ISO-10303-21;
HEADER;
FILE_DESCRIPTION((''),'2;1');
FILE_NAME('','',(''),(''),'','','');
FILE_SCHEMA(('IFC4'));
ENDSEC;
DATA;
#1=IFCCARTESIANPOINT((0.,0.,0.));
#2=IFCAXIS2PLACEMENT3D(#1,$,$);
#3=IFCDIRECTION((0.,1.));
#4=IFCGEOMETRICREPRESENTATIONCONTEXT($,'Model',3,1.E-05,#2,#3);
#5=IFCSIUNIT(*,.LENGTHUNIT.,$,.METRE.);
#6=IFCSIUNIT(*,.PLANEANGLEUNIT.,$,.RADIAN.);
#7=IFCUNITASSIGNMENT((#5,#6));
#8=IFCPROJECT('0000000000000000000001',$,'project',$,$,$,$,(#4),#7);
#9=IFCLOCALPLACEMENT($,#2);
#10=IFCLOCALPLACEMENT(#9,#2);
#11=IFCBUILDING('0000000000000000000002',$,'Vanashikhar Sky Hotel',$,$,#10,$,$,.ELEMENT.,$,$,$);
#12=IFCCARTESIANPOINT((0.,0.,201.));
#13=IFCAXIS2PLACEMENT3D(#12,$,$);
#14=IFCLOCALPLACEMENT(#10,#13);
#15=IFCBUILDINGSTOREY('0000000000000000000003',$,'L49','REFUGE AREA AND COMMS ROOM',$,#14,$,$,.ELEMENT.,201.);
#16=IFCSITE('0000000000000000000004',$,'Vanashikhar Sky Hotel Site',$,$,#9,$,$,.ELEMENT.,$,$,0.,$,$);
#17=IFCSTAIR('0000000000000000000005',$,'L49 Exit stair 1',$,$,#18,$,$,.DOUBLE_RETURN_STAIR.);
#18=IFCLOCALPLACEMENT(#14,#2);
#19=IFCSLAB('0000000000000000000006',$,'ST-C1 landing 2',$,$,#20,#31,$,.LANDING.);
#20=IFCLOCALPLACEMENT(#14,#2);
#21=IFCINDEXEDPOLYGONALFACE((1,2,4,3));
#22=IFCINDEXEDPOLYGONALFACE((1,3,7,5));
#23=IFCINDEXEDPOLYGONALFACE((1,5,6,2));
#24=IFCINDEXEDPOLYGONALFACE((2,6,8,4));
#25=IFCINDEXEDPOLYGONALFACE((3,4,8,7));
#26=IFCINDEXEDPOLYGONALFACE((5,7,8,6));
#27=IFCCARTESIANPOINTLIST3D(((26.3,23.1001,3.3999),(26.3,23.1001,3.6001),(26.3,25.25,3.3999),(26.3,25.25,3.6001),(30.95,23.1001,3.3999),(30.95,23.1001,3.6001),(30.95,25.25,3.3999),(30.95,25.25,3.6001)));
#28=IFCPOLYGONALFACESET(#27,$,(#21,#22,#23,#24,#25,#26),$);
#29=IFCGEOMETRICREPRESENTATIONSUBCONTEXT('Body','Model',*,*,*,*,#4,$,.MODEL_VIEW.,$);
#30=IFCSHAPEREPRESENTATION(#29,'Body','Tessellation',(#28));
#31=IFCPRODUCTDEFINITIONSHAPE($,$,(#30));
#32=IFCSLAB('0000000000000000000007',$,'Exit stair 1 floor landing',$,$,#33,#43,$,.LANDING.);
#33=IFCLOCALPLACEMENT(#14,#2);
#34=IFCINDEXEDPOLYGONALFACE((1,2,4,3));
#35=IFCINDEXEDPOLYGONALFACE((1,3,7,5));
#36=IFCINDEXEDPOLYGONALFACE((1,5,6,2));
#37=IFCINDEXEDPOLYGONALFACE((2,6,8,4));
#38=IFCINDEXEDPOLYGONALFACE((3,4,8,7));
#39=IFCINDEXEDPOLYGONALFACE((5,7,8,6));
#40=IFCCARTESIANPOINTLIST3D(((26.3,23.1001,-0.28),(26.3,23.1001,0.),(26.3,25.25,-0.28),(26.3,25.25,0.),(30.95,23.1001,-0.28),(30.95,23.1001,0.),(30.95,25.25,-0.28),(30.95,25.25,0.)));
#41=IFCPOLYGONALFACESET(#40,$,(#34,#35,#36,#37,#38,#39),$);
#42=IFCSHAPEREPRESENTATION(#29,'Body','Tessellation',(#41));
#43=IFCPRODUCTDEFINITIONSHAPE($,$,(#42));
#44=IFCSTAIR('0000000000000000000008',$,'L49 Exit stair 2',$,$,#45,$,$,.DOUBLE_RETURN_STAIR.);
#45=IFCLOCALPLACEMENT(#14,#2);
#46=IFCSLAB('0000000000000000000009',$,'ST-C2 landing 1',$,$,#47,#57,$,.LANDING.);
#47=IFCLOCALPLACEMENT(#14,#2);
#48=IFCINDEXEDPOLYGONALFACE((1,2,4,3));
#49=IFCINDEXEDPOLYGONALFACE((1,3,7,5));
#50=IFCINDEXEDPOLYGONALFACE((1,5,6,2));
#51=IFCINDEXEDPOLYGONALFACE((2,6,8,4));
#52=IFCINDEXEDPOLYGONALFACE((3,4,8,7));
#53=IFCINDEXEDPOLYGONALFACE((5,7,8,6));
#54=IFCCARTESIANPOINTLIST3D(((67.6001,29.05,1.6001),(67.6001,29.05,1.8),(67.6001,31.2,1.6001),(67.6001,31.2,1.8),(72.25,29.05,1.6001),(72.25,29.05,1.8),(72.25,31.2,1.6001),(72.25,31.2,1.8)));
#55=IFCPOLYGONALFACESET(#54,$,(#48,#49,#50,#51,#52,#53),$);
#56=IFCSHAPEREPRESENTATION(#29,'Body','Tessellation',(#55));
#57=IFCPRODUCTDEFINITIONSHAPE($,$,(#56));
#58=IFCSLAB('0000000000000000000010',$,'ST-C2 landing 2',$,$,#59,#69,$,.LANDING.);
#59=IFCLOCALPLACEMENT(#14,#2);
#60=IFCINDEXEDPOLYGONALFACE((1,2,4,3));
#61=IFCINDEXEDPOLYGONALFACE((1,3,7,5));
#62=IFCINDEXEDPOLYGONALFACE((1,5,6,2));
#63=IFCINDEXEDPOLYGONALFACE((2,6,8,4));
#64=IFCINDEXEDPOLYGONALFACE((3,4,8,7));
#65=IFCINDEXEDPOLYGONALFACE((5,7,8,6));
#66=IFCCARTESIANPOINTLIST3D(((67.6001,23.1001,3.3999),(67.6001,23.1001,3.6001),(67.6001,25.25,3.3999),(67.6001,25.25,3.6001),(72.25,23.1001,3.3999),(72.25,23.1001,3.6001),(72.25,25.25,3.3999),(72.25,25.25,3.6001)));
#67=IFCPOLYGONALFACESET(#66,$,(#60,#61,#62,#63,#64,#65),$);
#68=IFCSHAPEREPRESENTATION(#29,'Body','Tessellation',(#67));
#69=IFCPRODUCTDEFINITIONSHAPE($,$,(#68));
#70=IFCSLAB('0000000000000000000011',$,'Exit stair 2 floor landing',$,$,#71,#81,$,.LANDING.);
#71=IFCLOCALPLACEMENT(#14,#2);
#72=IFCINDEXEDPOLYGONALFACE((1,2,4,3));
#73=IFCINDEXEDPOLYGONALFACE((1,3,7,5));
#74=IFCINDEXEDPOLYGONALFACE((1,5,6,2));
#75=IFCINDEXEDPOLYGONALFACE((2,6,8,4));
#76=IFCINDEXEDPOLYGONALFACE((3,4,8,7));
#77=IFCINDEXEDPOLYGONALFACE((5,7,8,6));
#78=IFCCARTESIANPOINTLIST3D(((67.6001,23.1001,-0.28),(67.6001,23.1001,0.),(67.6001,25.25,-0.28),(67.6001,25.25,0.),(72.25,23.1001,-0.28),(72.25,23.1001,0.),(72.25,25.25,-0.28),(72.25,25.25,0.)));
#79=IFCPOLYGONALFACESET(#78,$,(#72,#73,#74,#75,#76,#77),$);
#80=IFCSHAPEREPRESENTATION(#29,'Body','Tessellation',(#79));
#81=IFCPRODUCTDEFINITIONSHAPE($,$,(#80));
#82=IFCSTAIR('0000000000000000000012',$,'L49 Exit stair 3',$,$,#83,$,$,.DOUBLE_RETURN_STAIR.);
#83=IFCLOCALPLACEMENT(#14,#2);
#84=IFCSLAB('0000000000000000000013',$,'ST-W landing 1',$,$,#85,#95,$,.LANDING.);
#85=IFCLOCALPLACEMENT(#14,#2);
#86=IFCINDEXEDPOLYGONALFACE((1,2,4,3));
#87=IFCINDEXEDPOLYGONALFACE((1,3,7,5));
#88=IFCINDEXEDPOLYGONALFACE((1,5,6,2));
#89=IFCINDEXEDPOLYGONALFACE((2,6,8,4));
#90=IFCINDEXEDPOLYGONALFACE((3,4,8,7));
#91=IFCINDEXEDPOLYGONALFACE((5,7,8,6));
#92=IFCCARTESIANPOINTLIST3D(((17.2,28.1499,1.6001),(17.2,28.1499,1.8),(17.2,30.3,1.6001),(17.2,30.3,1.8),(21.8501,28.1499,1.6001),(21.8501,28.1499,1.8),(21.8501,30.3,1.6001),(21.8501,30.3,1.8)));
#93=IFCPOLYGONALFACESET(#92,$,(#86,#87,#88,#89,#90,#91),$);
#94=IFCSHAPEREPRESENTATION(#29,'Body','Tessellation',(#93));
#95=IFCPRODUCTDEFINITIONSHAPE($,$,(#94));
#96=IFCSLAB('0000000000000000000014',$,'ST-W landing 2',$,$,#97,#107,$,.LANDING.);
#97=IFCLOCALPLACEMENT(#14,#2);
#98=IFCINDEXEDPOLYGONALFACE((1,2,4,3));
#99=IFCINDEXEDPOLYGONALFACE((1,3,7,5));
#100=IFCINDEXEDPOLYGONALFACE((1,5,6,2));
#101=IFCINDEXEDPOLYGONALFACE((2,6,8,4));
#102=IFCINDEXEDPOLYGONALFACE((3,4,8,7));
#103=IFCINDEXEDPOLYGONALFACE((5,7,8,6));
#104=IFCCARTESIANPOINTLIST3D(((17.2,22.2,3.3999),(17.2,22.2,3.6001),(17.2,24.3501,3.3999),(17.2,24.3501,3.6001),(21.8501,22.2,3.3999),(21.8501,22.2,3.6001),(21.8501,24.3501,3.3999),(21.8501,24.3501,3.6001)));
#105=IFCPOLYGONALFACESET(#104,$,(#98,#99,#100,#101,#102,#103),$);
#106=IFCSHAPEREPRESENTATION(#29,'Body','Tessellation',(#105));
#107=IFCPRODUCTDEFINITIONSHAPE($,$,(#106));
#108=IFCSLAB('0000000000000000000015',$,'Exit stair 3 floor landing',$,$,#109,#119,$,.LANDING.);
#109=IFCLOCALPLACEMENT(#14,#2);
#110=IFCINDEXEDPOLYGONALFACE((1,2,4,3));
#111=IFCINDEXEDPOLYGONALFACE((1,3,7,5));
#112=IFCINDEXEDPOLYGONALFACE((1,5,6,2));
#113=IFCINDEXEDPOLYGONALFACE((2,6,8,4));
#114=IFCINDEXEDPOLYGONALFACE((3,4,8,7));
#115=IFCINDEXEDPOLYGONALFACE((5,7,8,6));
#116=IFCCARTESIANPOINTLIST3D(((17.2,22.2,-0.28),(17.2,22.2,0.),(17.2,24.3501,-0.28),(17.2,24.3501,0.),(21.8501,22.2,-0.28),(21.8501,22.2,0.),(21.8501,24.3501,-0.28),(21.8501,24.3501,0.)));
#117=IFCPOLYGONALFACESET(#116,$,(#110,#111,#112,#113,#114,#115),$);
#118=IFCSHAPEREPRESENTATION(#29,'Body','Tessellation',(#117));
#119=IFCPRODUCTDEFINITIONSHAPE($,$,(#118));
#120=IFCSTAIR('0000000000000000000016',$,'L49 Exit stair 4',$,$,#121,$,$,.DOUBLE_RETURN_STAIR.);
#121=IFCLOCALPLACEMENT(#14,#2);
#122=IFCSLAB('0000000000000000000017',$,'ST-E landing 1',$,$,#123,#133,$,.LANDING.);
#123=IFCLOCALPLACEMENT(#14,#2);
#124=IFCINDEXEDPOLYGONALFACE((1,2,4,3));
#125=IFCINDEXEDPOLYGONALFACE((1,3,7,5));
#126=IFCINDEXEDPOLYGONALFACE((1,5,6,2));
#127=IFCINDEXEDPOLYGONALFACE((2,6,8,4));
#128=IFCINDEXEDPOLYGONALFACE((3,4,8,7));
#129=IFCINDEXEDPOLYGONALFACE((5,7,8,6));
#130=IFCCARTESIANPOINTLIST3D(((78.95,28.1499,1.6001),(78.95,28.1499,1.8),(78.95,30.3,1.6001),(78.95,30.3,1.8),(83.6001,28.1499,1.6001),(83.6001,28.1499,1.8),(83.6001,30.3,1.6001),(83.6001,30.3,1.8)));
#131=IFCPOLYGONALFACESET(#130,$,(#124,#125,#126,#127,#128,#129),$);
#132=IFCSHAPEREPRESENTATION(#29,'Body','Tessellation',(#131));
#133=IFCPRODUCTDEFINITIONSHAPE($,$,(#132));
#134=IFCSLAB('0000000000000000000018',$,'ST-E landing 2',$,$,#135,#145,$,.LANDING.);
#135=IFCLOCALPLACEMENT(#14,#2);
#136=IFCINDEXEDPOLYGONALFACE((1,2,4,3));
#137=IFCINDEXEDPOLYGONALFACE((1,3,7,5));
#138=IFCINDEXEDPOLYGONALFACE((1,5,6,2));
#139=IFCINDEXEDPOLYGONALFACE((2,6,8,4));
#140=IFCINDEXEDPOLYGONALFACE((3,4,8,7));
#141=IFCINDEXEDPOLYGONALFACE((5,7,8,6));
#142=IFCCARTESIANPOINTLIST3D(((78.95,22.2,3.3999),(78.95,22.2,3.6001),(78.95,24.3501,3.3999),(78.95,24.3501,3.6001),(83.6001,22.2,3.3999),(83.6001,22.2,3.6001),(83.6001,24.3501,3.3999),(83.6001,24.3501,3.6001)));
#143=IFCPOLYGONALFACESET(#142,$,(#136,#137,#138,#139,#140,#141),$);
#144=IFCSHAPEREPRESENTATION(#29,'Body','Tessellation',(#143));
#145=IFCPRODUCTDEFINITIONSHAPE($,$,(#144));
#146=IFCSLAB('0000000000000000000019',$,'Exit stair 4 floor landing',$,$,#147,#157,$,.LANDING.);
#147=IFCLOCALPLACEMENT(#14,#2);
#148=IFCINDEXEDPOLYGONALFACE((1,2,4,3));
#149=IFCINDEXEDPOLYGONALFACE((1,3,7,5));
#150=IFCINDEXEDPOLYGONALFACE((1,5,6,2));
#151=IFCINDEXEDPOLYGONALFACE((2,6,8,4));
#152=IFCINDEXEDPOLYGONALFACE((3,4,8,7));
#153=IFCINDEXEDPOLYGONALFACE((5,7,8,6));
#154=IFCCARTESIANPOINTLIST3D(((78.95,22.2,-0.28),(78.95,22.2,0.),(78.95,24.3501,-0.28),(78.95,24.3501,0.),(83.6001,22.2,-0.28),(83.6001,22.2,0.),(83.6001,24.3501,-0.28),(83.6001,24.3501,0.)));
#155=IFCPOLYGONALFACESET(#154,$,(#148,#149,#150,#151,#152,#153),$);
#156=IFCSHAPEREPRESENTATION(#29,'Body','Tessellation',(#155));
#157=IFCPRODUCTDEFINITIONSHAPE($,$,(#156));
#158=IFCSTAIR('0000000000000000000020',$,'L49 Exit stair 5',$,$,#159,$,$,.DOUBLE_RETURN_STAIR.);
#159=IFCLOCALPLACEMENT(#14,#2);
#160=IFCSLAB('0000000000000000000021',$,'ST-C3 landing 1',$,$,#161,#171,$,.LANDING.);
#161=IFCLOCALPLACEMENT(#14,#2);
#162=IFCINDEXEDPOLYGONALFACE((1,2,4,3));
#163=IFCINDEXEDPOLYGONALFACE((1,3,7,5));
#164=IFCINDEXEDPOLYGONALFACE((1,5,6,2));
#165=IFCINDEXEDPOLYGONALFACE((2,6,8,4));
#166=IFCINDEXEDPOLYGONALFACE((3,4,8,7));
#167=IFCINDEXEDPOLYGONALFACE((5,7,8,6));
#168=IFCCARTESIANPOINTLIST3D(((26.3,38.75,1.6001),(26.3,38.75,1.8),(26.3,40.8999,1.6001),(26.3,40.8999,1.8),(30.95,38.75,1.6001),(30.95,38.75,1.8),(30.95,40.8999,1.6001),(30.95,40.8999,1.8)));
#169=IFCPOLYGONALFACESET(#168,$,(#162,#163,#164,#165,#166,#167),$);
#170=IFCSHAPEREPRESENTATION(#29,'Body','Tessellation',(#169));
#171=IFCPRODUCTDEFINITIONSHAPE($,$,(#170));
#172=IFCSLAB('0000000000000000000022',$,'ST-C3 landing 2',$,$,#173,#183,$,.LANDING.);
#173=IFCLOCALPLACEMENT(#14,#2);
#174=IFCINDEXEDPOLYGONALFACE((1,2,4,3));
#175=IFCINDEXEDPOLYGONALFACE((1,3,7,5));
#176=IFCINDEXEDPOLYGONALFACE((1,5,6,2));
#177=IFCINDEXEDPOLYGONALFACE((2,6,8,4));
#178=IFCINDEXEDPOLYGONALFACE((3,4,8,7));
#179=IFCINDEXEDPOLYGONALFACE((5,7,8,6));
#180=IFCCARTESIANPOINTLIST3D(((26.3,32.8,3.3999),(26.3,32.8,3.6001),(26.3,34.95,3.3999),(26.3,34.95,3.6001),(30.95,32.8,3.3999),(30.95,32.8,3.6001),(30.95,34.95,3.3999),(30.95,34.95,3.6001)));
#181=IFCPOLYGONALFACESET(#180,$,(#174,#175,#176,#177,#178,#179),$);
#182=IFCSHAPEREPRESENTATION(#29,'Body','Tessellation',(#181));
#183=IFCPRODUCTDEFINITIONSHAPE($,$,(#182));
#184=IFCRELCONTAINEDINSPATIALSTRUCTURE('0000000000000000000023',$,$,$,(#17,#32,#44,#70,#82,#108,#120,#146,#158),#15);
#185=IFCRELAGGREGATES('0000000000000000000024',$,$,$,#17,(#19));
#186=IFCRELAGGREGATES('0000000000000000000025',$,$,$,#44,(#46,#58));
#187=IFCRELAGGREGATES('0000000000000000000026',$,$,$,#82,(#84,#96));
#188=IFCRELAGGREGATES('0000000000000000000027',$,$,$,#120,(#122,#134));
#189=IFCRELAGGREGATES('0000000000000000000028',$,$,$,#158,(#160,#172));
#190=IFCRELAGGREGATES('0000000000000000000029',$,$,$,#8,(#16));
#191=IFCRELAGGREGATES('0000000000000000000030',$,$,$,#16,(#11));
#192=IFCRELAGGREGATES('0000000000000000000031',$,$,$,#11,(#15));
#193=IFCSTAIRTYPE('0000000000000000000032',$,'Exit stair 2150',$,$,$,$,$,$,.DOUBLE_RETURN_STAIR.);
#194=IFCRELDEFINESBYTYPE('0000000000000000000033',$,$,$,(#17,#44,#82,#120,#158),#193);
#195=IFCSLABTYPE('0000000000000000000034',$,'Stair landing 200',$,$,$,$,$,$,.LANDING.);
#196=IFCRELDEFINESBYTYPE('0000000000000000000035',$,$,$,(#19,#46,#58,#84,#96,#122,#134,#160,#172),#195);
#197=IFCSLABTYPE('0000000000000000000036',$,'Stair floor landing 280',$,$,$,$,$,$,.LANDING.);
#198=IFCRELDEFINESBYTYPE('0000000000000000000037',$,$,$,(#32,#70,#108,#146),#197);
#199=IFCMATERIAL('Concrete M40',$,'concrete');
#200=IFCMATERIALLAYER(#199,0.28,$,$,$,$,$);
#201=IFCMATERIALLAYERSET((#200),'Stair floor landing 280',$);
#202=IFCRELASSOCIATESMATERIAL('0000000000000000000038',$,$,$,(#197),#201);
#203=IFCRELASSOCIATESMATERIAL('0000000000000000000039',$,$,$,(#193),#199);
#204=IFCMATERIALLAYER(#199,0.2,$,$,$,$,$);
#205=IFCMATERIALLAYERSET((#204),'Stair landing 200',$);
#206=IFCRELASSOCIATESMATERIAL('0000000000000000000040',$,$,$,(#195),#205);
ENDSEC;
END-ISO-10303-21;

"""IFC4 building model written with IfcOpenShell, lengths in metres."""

from ifc_helpers import new_model, si_unit, direction, frame, origin, place, context, subcontext, project, spatial, polyline, outline, extrude, source, transform, mapped, material, layer, layer_set, type_object, element, aggregate, save


model = new_model("IFC4")

# Units and contexts
model_context = context("Model", 3, precision=1e-05, world=origin(), true_north=direction((0.0, 1.0)))
body_context = subcontext(model_context, "Body", "Model", "MODEL_VIEW")
ifc_project = project(units=[si_unit("LENGTHUNIT", "METRE"), si_unit("PLANEANGLEUNIT", "RADIAN")], contexts=[model_context])

# Site, building, storey
site_placement = place(None, origin())
site = spatial("IfcSite", under=ifc_project, at=site_placement, Name="Vanashikhar Sky Hotel Site", CompositionType="ELEMENT", RefElevation=0.0)
building_placement = place(site_placement, origin())
building = spatial("IfcBuilding", under=site, at=building_placement, Name="Vanashikhar Sky Hotel", CompositionType="ELEMENT")
storey_placement = place(building_placement, frame((0.0, 0.0, 201.0)))
storey = spatial("IfcBuildingStorey", under=building, at=storey_placement, Name="L49", Description="REFUGE AREA AND COMMS ROOM", CompositionType="ELEMENT", Elevation=201.0)

# Shared definitions
ifc_material_1 = material(Name="Concrete M40", Category="concrete")
ifc_layer_1 = layer(ifc_material_1, 0.28)
ifc_layer_set_1 = layer_set([ifc_layer_1], Name="Stair floor landing 280")
slab_type_1 = type_object("IfcSlabType", Name="Stair floor landing 280", PredefinedType="LANDING", material=ifc_layer_set_1)

# Stair, slab
stair_type = type_object("IfcStairType", Name="Exit stair 2150", PredefinedType="DOUBLE_RETURN_STAIR", material=ifc_material_1)
stair_1_placement = place(storey_placement, origin())
stair_1 = element("IfcStair", 1, at=stair_1_placement, inside=storey, type_object=stair_type, Name="L49 Exit stair 1", PredefinedType="DOUBLE_RETURN_STAIR")
ifc_layer_2 = layer(ifc_material_1, 0.2)
ifc_layer_set_2 = layer_set([ifc_layer_2], Name="Stair landing 200")
slab_type_2 = type_object("IfcSlabType", Name="Stair landing 200", PredefinedType="LANDING", material=ifc_layer_set_2)
shared_shape_1 = source(origin(), body_context, "Body", "SweptSolid", [
    extrude(outline(polyline([(30.95, 23.1001), (30.95, 25.25), (26.3, 25.25), (26.3, 23.1001), (30.95, 23.1001)])), origin(), (0.0, 0.0, 1.0), 0.2002),
])
slab_1_placement = place(storey_placement, frame((0.0, 0.0, 3.3999)))
slab_1 = element("IfcSlab", 2, at=slab_1_placement, type_object=slab_type_2, Name="ST-C1 landing 2", PredefinedType="LANDING", context=body_context, shape_type="MappedRepresentation", body=[
    mapped(shared_shape_1, transform((0.0, 0.0, 0.0), scale=1.0)),
])
aggregate(stair_1, [slab_1])

# Slab
shared_shape_2 = source(origin(), body_context, "Body", "SweptSolid", [
    extrude(outline(polyline([(30.95, 23.1001), (30.95, 25.25), (26.3, 25.25), (26.3, 23.1001), (30.95, 23.1001)])), origin(), (0.0, 0.0, 1.0), 0.28),
])
slab_2_placement = place(storey_placement, frame((0.0, 0.0, -0.28)))
element("IfcSlab", 3, at=slab_2_placement, inside=storey, type_object=slab_type_1, Name="Exit stair 1 floor landing", PredefinedType="LANDING", context=body_context, shape_type="MappedRepresentation", body=[
    mapped(shared_shape_2, transform((0.0, 0.0, 0.0), scale=1.0)),
])

# Stair, slabs
stair_2_placement = place(storey_placement, origin())
stair_2 = element("IfcStair", 4, at=stair_2_placement, inside=storey, type_object=stair_type, Name="L49 Exit stair 2", PredefinedType="DOUBLE_RETURN_STAIR")
shared_shape_3 = source(origin(), body_context, "Body", "SweptSolid", [
    extrude(outline(polyline([(72.25, 29.05), (72.25, 31.2), (67.6001, 31.2), (67.6001, 29.05), (72.25, 29.05)])), origin(), (0.0, 0.0, 1.0), 0.2),
])
slab_3_placement = place(storey_placement, frame((0.0, 0.0, 1.6001)))
slab_3 = element("IfcSlab", 5, at=slab_3_placement, type_object=slab_type_2, Name="ST-C2 landing 1", PredefinedType="LANDING", context=body_context, shape_type="MappedRepresentation", body=[
    mapped(shared_shape_3, transform((0.0, 0.0, 0.0), scale=1.0)),
])
shared_shape_4 = source(origin(), body_context, "Body", "SweptSolid", [
    extrude(outline(polyline([(72.25, 23.1001), (72.25, 25.25), (67.6001, 25.25), (67.6001, 23.1001), (72.25, 23.1001)])), origin(), (0.0, 0.0, 1.0), 0.2002),
])
slab_4_placement = place(storey_placement, frame((0.0, 0.0, 3.3999)))
slab_4 = element("IfcSlab", 6, at=slab_4_placement, type_object=slab_type_2, Name="ST-C2 landing 2", PredefinedType="LANDING", context=body_context, shape_type="MappedRepresentation", body=[
    mapped(shared_shape_4, transform((0.0, 0.0, 0.0), scale=1.0)),
])
aggregate(stair_2, [slab_3, slab_4])

# Slab
shared_shape_5 = source(origin(), body_context, "Body", "SweptSolid", [
    extrude(outline(polyline([(72.25, 23.1001), (72.25, 25.25), (67.6001, 25.25), (67.6001, 23.1001), (72.25, 23.1001)])), origin(), (0.0, 0.0, 1.0), 0.28),
])
slab_5_placement = place(storey_placement, frame((0.0, 0.0, -0.28)))
element("IfcSlab", 7, at=slab_5_placement, inside=storey, type_object=slab_type_1, Name="Exit stair 2 floor landing", PredefinedType="LANDING", context=body_context, shape_type="MappedRepresentation", body=[
    mapped(shared_shape_5, transform((0.0, 0.0, 0.0), scale=1.0)),
])

# Stair, slabs
stair_3_placement = place(storey_placement, origin())
stair_3 = element("IfcStair", 8, at=stair_3_placement, inside=storey, type_object=stair_type, Name="L49 Exit stair 3", PredefinedType="DOUBLE_RETURN_STAIR")
shared_shape_6 = source(origin(), body_context, "Body", "SweptSolid", [
    extrude(outline(polyline([(21.8501, 28.1499), (21.8501, 30.3), (17.2, 30.3), (17.2, 28.1499), (21.8501, 28.1499)])), origin(), (0.0, 0.0, 1.0), 0.2),
])
slab_6_placement = place(storey_placement, frame((0.0, 0.0, 1.6001)))
slab_6 = element("IfcSlab", 9, at=slab_6_placement, type_object=slab_type_2, Name="ST-W landing 1", PredefinedType="LANDING", context=body_context, shape_type="MappedRepresentation", body=[
    mapped(shared_shape_6, transform((0.0, 0.0, 0.0), scale=1.0)),
])
shared_shape_7 = source(origin(), body_context, "Body", "SweptSolid", [
    extrude(outline(polyline([(21.8501, 22.2), (21.8501, 24.3501), (17.2, 24.3501), (17.2, 22.2), (21.8501, 22.2)])), origin(), (0.0, 0.0, 1.0), 0.2002),
])
slab_7_placement = place(storey_placement, frame((0.0, 0.0, 3.3999)))
slab_7 = element("IfcSlab", 10, at=slab_7_placement, type_object=slab_type_2, Name="ST-W landing 2", PredefinedType="LANDING", context=body_context, shape_type="MappedRepresentation", body=[
    mapped(shared_shape_7, transform((0.0, 0.0, 0.0), scale=1.0)),
])
aggregate(stair_3, [slab_6, slab_7])

# Slab
shared_shape_8 = source(origin(), body_context, "Body", "SweptSolid", [
    extrude(outline(polyline([(21.8501, 22.2), (21.8501, 24.3501), (17.2, 24.3501), (17.2, 22.2), (21.8501, 22.2)])), origin(), (0.0, 0.0, 1.0), 0.28),
])
slab_8_placement = place(storey_placement, frame((0.0, 0.0, -0.28)))
element("IfcSlab", 11, at=slab_8_placement, inside=storey, type_object=slab_type_1, Name="Exit stair 3 floor landing", PredefinedType="LANDING", context=body_context, shape_type="MappedRepresentation", body=[
    mapped(shared_shape_8, transform((0.0, 0.0, 0.0), scale=1.0)),
])

# Stair, slabs
stair_4_placement = place(storey_placement, origin())
stair_4 = element("IfcStair", 12, at=stair_4_placement, inside=storey, type_object=stair_type, Name="L49 Exit stair 4", PredefinedType="DOUBLE_RETURN_STAIR")
shared_shape_9 = source(origin(), body_context, "Body", "SweptSolid", [
    extrude(outline(polyline([(83.6001, 28.1499), (83.6001, 30.3), (78.95, 30.3), (78.95, 28.1499), (83.6001, 28.1499)])), origin(), (0.0, 0.0, 1.0), 0.2),
])
slab_9_placement = place(storey_placement, frame((0.0, 0.0, 1.6001)))
slab_9 = element("IfcSlab", 13, at=slab_9_placement, type_object=slab_type_2, Name="ST-E landing 1", PredefinedType="LANDING", context=body_context, shape_type="MappedRepresentation", body=[
    mapped(shared_shape_9, transform((0.0, 0.0, 0.0), scale=1.0)),
])
shared_shape_10 = source(origin(), body_context, "Body", "SweptSolid", [
    extrude(outline(polyline([(83.6001, 22.2), (83.6001, 24.3501), (78.95, 24.3501), (78.95, 22.2), (83.6001, 22.2)])), origin(), (0.0, 0.0, 1.0), 0.2002),
])
slab_10_placement = place(storey_placement, frame((0.0, 0.0, 3.3999)))
slab_10 = element("IfcSlab", 14, at=slab_10_placement, type_object=slab_type_2, Name="ST-E landing 2", PredefinedType="LANDING", context=body_context, shape_type="MappedRepresentation", body=[
    mapped(shared_shape_10, transform((0.0, 0.0, 0.0), scale=1.0)),
])
aggregate(stair_4, [slab_9, slab_10])

# Slab
shared_shape_11 = source(origin(), body_context, "Body", "SweptSolid", [
    extrude(outline(polyline([(83.6001, 22.2), (83.6001, 24.3501), (78.95, 24.3501), (78.95, 22.2), (83.6001, 22.2)])), origin(), (0.0, 0.0, 1.0), 0.28),
])
slab_11_placement = place(storey_placement, frame((0.0, 0.0, -0.28)))
element("IfcSlab", 15, at=slab_11_placement, inside=storey, type_object=slab_type_1, Name="Exit stair 4 floor landing", PredefinedType="LANDING", context=body_context, shape_type="MappedRepresentation", body=[
    mapped(shared_shape_11, transform((0.0, 0.0, 0.0), scale=1.0)),
])

# Stair, slabs
stair_5_placement = place(storey_placement, origin())
stair_5 = element("IfcStair", 16, at=stair_5_placement, inside=storey, type_object=stair_type, Name="L49 Exit stair 5", PredefinedType="DOUBLE_RETURN_STAIR")
shared_shape_12 = source(origin(), body_context, "Body", "SweptSolid", [
    extrude(outline(polyline([(30.95, 38.75), (30.95, 40.8999), (26.3, 40.8999), (26.3, 38.75), (30.95, 38.75)])), origin(), (0.0, 0.0, 1.0), 0.2),
])
slab_12_placement = place(storey_placement, frame((0.0, 0.0, 1.6001)))
slab_12 = element("IfcSlab", 17, at=slab_12_placement, type_object=slab_type_2, Name="ST-C3 landing 1", PredefinedType="LANDING", context=body_context, shape_type="MappedRepresentation", body=[
    mapped(shared_shape_12, transform((0.0, 0.0, 0.0), scale=1.0)),
])
shared_shape_13 = source(origin(), body_context, "Body", "SweptSolid", [
    extrude(outline(polyline([(30.95, 32.8), (30.95, 34.95), (26.3, 34.95), (26.3, 32.8), (30.95, 32.8)])), origin(), (0.0, 0.0, 1.0), 0.2002),
])
slab_13_placement = place(storey_placement, frame((0.0, 0.0, 3.3999)))
slab_13 = element("IfcSlab", 18, at=slab_13_placement, type_object=slab_type_2, Name="ST-C3 landing 2", PredefinedType="LANDING", context=body_context, shape_type="MappedRepresentation", body=[
    mapped(shared_shape_13, transform((0.0, 0.0, 0.0), scale=1.0)),
])
aggregate(stair_5, [slab_12, slab_13])

save(model, "model.ifc")
